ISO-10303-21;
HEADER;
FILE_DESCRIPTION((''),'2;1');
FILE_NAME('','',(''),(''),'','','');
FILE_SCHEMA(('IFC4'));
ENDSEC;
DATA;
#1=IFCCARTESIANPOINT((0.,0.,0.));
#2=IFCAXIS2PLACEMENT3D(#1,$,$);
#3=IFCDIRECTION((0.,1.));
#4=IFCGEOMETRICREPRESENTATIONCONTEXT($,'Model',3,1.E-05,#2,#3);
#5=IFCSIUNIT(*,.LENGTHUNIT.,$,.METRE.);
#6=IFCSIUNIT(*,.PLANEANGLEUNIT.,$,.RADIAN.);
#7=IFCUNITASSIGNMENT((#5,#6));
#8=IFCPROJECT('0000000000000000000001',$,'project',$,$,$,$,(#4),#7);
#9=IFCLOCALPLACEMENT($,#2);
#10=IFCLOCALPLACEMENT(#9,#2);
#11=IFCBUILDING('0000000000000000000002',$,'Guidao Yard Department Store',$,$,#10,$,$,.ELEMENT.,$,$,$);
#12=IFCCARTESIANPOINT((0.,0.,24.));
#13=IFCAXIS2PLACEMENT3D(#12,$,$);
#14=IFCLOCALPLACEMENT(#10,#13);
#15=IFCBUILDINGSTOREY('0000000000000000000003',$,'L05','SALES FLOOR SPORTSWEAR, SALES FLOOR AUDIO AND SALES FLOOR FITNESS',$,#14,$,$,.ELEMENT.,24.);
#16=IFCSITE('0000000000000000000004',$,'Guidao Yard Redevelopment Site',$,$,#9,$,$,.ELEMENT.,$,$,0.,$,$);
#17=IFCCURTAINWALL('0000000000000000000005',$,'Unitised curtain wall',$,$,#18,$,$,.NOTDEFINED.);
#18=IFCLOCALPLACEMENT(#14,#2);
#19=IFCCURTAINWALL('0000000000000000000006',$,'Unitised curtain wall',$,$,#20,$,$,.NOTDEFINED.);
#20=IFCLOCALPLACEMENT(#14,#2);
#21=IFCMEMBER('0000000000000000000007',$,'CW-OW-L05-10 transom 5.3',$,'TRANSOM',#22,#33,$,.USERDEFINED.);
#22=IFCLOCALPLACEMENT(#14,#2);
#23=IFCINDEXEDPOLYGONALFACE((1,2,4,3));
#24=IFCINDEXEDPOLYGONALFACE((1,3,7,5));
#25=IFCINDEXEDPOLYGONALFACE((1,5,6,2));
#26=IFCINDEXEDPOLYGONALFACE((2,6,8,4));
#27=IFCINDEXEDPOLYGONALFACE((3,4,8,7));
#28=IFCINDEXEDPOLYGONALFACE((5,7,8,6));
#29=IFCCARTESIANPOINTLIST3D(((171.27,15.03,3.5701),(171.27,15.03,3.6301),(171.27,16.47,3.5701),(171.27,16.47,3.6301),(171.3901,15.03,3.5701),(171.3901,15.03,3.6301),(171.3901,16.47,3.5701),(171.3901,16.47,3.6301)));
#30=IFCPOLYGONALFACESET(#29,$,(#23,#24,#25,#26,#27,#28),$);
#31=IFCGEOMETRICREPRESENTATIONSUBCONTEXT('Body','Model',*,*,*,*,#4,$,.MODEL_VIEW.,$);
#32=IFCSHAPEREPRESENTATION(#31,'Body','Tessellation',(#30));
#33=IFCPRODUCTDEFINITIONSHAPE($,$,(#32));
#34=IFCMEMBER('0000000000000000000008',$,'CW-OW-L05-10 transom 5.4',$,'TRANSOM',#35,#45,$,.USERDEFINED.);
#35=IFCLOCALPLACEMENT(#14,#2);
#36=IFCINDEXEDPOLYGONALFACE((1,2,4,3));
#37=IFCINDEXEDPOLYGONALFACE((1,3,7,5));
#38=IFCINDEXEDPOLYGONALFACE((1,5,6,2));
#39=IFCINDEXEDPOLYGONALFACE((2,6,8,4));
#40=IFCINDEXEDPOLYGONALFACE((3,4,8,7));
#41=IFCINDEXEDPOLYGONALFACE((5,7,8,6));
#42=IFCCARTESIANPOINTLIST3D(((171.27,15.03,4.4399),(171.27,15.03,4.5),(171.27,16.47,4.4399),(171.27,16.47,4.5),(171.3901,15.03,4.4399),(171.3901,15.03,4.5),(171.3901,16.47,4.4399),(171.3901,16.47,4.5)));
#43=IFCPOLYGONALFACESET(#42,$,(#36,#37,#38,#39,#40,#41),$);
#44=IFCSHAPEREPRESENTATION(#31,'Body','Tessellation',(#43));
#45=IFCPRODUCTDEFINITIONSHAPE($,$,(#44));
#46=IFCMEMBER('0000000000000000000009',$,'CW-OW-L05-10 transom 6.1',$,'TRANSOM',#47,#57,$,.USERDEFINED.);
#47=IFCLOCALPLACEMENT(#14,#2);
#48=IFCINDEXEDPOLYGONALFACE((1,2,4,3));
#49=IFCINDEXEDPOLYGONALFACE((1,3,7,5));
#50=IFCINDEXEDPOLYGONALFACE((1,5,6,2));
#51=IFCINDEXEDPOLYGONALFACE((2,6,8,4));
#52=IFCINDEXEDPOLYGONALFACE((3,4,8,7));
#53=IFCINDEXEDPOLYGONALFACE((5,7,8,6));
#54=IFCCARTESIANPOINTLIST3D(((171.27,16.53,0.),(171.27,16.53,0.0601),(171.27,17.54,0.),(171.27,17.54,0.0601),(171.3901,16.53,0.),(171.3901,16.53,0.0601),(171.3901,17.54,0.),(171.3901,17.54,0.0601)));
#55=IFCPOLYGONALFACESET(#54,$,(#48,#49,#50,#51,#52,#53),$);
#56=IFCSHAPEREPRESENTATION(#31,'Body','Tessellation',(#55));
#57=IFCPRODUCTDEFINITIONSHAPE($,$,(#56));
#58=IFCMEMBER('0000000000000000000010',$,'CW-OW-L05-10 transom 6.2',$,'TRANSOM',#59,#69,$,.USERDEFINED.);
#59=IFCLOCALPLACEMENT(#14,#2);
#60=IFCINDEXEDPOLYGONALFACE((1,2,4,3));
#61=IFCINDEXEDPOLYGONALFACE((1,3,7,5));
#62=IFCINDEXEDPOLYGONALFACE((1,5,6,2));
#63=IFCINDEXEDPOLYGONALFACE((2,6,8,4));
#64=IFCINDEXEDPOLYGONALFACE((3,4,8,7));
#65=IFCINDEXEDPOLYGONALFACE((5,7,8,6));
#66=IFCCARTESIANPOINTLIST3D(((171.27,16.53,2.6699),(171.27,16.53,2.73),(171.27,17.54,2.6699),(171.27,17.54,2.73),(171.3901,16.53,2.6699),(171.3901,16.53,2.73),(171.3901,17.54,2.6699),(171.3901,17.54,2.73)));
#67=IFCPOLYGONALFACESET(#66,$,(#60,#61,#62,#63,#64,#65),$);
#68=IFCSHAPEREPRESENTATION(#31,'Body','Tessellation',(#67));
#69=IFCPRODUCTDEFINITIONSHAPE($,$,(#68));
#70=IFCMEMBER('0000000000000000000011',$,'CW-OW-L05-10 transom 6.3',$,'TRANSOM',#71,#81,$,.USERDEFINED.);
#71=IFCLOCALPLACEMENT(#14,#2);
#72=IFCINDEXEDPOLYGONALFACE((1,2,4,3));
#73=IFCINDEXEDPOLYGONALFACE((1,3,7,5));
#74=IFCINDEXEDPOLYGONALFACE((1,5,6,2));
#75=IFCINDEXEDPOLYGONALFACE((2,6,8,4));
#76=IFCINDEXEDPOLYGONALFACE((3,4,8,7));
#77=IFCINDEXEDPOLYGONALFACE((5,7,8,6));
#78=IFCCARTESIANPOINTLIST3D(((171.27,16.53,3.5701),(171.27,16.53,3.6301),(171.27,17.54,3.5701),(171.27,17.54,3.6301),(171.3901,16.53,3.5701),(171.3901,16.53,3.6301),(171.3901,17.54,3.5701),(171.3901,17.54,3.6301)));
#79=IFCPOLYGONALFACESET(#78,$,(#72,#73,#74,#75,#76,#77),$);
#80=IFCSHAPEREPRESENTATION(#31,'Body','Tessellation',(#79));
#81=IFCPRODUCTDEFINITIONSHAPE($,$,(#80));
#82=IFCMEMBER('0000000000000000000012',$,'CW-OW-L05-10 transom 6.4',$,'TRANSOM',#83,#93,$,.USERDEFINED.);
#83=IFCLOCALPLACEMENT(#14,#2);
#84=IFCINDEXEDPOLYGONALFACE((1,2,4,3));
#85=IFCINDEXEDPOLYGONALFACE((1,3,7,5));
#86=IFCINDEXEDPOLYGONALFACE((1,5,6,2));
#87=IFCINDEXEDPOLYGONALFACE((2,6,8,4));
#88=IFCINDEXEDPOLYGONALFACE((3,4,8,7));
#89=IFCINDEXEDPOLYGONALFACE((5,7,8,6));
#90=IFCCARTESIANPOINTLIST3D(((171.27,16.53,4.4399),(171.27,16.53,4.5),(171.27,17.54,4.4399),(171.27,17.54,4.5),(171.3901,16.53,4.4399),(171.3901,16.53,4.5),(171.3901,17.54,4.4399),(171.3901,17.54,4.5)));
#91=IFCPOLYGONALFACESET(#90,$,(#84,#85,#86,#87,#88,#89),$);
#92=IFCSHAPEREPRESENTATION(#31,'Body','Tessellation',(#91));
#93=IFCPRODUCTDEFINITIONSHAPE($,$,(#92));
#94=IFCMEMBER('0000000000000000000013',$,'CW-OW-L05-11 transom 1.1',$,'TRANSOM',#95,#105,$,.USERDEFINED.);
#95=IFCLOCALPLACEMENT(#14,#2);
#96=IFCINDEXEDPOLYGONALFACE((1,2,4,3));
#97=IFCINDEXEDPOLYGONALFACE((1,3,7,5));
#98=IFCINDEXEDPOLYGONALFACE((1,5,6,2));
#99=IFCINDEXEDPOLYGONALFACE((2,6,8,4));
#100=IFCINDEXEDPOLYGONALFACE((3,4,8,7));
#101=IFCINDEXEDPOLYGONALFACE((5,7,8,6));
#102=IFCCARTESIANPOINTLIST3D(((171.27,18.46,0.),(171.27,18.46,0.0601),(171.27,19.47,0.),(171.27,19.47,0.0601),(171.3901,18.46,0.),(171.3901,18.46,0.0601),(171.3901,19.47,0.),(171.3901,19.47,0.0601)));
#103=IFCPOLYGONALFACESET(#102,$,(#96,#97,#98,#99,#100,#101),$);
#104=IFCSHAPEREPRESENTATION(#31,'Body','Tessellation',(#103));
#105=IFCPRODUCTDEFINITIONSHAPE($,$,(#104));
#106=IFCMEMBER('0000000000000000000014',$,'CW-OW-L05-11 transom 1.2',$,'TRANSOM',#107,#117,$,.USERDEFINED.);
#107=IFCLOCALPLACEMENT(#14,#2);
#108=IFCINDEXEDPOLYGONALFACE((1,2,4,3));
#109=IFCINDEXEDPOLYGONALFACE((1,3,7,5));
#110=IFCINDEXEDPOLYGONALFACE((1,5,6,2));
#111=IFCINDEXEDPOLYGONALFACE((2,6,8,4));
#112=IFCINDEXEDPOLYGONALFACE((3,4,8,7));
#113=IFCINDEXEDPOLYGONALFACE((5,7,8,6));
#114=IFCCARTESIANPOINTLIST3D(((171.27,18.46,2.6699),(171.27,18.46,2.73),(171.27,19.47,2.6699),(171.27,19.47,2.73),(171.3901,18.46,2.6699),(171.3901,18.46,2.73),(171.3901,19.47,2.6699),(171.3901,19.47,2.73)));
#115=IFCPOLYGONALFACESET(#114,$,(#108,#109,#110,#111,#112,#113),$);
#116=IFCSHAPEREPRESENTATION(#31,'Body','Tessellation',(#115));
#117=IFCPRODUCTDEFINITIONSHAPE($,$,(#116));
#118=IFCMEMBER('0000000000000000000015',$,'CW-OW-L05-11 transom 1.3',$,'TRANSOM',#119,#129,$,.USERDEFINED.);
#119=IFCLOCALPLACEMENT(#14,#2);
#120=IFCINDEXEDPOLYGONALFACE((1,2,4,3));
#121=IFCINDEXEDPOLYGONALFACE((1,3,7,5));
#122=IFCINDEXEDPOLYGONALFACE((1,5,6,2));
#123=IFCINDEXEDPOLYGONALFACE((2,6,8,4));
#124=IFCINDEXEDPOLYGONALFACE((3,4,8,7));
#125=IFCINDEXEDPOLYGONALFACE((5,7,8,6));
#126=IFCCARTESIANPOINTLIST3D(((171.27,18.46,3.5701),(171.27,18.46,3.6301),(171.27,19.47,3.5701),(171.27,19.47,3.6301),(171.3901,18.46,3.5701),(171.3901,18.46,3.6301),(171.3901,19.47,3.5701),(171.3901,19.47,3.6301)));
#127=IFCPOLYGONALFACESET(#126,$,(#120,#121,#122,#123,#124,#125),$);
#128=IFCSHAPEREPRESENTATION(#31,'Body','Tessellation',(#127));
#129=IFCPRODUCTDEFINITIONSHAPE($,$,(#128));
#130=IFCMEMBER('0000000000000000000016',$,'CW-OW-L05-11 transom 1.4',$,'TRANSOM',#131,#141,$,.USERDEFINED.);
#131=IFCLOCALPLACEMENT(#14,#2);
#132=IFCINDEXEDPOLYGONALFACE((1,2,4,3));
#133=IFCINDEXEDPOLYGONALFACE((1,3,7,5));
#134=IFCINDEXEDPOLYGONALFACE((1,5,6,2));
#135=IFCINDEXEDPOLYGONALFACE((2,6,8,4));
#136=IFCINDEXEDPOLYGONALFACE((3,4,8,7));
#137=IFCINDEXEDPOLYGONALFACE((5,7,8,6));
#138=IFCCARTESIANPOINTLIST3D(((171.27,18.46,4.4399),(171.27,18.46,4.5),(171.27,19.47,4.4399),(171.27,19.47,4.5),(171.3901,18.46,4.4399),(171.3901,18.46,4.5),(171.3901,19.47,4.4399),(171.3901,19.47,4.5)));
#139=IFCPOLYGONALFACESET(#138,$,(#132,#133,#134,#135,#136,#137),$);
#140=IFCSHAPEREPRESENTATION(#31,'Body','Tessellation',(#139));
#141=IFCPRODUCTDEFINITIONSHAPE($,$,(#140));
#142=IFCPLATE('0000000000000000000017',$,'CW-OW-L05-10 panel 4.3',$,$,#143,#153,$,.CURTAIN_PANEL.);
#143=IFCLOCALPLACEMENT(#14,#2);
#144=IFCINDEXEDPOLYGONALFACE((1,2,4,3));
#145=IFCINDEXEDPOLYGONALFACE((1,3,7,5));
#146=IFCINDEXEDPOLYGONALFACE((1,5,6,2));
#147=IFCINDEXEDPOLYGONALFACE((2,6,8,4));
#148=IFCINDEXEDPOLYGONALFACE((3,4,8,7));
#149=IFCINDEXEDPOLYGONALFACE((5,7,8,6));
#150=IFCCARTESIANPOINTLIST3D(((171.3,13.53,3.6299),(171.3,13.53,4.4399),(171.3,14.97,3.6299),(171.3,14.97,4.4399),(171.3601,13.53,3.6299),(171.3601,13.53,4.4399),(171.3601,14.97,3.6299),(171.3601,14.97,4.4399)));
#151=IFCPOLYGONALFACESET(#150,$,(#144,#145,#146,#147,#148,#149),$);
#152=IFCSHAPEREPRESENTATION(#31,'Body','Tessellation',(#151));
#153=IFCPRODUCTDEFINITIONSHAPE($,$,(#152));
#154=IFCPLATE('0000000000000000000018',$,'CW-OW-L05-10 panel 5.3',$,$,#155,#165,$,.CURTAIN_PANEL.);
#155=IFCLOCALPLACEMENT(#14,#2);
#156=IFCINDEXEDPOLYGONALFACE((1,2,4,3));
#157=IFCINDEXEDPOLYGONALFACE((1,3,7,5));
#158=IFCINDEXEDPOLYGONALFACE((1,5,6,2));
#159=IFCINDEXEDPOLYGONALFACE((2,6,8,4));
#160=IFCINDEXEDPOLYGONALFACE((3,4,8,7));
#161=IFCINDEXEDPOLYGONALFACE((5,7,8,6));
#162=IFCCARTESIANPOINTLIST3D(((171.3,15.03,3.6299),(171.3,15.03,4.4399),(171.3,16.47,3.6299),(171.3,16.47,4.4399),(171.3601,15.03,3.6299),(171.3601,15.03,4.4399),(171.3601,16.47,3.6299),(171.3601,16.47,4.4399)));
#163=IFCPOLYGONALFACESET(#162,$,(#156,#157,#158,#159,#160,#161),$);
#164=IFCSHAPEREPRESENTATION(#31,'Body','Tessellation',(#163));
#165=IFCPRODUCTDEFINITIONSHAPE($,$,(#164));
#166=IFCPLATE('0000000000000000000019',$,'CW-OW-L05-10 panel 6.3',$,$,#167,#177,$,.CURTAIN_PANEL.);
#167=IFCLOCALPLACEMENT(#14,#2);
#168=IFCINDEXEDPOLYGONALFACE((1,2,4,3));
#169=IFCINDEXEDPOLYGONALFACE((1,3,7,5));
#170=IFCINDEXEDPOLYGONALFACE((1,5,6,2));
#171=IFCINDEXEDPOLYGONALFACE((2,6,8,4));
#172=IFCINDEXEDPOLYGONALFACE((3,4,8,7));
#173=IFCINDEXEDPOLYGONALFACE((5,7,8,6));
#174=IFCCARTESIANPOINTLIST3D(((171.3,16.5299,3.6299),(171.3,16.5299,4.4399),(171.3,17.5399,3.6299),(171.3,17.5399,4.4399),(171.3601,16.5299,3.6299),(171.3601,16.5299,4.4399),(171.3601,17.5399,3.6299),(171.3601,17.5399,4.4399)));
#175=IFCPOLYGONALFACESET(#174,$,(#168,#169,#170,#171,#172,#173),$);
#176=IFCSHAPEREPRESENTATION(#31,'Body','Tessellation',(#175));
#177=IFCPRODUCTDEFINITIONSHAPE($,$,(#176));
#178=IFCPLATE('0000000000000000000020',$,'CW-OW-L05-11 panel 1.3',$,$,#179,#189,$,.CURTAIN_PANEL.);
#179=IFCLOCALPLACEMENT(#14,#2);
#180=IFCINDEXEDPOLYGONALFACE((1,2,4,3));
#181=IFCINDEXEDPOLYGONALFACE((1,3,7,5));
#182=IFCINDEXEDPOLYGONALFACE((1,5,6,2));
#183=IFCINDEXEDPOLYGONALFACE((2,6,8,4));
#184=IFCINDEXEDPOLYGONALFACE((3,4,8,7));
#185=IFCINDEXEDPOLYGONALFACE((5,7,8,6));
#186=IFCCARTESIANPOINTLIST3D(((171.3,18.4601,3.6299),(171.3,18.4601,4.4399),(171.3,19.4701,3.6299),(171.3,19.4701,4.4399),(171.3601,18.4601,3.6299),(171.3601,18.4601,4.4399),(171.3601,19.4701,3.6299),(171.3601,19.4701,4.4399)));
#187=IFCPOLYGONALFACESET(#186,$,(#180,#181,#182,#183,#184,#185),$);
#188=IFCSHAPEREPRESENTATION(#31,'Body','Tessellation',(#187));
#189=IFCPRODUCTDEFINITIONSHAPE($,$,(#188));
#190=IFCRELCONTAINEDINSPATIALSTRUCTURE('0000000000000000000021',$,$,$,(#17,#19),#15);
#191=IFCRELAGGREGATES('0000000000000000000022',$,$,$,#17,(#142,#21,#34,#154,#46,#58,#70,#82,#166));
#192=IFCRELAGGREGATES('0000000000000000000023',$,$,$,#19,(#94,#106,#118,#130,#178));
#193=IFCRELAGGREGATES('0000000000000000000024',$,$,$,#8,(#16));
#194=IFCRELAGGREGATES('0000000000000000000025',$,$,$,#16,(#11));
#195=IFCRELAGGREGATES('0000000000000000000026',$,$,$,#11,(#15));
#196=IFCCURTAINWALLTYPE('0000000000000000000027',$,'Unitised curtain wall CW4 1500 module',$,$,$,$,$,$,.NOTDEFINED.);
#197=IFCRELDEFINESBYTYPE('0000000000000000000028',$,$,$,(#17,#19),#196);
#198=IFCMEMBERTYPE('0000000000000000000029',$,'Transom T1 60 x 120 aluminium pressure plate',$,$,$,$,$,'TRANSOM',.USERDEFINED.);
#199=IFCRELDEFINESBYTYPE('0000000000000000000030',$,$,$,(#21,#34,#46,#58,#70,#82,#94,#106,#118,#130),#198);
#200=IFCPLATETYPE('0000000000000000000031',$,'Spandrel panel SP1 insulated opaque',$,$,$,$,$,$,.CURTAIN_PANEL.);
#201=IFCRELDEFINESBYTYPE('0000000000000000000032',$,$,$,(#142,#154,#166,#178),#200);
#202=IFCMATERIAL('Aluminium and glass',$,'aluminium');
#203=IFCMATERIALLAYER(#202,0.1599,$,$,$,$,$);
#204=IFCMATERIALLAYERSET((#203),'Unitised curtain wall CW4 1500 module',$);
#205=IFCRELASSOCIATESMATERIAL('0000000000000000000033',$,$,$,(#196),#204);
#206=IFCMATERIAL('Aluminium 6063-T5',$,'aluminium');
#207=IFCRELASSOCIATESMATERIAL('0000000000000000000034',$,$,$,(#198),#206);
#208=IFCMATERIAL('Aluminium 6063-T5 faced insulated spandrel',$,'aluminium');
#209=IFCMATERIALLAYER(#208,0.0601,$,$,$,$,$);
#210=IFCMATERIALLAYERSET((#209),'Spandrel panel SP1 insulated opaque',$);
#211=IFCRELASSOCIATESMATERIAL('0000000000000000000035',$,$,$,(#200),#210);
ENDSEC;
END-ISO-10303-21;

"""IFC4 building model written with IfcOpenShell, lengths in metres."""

from ifc_helpers import new_model, si_unit, direction, frame, origin, origin_2d, place, context, subcontext, project, spatial, rectangle, extrude, material, layer, layer_set, material_profile, profile_set, type_object, element, aggregate, save


model = new_model("IFC4")

# Units and contexts
model_context = context("Model", 3, precision=1e-05, world=origin(), true_north=direction((0.0, 1.0)))
body_context = subcontext(model_context, "Body", "Model", "MODEL_VIEW")
ifc_project = project(units=[si_unit("LENGTHUNIT", "METRE"), si_unit("PLANEANGLEUNIT", "RADIAN")], contexts=[model_context])

# Site, building, storey
site_placement = place(None, origin())
site = spatial("IfcSite", under=ifc_project, at=site_placement, Name="Guidao Yard Redevelopment Site", CompositionType="ELEMENT", RefElevation=0.0)
building_placement = place(site_placement, origin())
building = spatial("IfcBuilding", under=site, at=building_placement, Name="Guidao Yard Department Store", CompositionType="ELEMENT")
storey_placement = place(building_placement, frame((0.0, 0.0, 24.0)))
storey = spatial("IfcBuildingStorey", under=building, at=storey_placement, Name="L05", Description="SALES FLOOR SPORTSWEAR, SALES FLOOR AUDIO AND SALES FLOOR FITNESS", CompositionType="ELEMENT", Elevation=24.0)

# Curtain walls
ifc_material_1 = material(Name="Aluminium and glass", Category="aluminium")
ifc_layer_1 = layer(ifc_material_1, 0.1599)
ifc_layer_set_1 = layer_set([ifc_layer_1], Name="Unitised curtain wall CW4 1500 module")
curtain_wall_type = type_object("IfcCurtainWallType", Name="Unitised curtain wall CW4 1500 module", PredefinedType="NOTDEFINED", material=ifc_layer_set_1)
curtain_wall_1_placement = place(storey_placement, origin())
curtain_wall_1 = element("IfcCurtainWall", 1, at=curtain_wall_1_placement, inside=storey, type_object=curtain_wall_type, Name="Unitised curtain wall", PredefinedType="NOTDEFINED")
curtain_wall_2_placement = place(storey_placement, origin())
curtain_wall_2 = element("IfcCurtainWall", 2, at=curtain_wall_2_placement, inside=storey, type_object=curtain_wall_type, Name="Unitised curtain wall", PredefinedType="NOTDEFINED")

# Members
ifc_material_2 = material(Name="Aluminium 6063-T5", Category="aluminium")
ifc_material_profile_1 = material_profile(ifc_material_2, rectangle(XDim=0.1201, YDim=0.0601, at=origin_2d()), Name="Transom T1 60 x 120 aluminium pressure plate")
ifc_profile_set_1 = profile_set([ifc_material_profile_1], Name="Aluminium 6063-T5")
member_type_1 = type_object("IfcMemberType", Name="Transom T1 60 x 120 aluminium pressure plate", ElementType="TRANSOM", PredefinedType="USERDEFINED", material=ifc_profile_set_1)
member_1_placement = place(storey_placement, frame((171.3301, 16.47, 3.6001), z_axis=(0.0, -1.0, 0.0), x_axis=(1.0, 0.0, 0.0)))
member_1 = element("IfcMember", 3, at=member_1_placement, type_object=member_type_1, Name="CW-OW-L05-10 transom 5.3", ObjectType="TRANSOM", PredefinedType="USERDEFINED", context=body_context, shape_type="SweptSolid", body=[
    extrude(rectangle(XDim=0.1201, YDim=0.0601, at=origin_2d()), origin(), (0.0, 0.0, 1.0), 1.4399),
])
member_2_placement = place(storey_placement, frame((171.3301, 16.47, 4.47), z_axis=(0.0, -1.0, 0.0), x_axis=(1.0, 0.0, 0.0)))
member_2 = element("IfcMember", 4, at=member_2_placement, type_object=member_type_1, Name="CW-OW-L05-10 transom 5.4", ObjectType="TRANSOM", PredefinedType="USERDEFINED", context=body_context, shape_type="SweptSolid", body=[
    extrude(rectangle(XDim=0.1201, YDim=0.0601, at=origin_2d()), origin(), (0.0, 0.0, 1.0), 1.4399),
])
member_3_placement = place(storey_placement, frame((171.3301, 17.54, 0.03), z_axis=(0.0, -1.0, 0.0), x_axis=(1.0, 0.0, 0.0)))
member_3 = element("IfcMember", 5, at=member_3_placement, type_object=member_type_1, Name="CW-OW-L05-10 transom 6.1", ObjectType="TRANSOM", PredefinedType="USERDEFINED", context=body_context, shape_type="SweptSolid", body=[
    extrude(rectangle(XDim=0.1201, YDim=0.0601, at=origin_2d()), origin(), (0.0, 0.0, 1.0), 1.01),
])
member_4_placement = place(storey_placement, frame((171.3301, 17.54, 2.7), z_axis=(0.0, -1.0, 0.0), x_axis=(1.0, 0.0, 0.0)))
member_4 = element("IfcMember", 6, at=member_4_placement, type_object=member_type_1, Name="CW-OW-L05-10 transom 6.2", ObjectType="TRANSOM", PredefinedType="USERDEFINED", context=body_context, shape_type="SweptSolid", body=[
    extrude(rectangle(XDim=0.1201, YDim=0.0601, at=origin_2d()), origin(), (0.0, 0.0, 1.0), 1.01),
])
member_5_placement = place(storey_placement, frame((171.3301, 17.54, 3.6001), z_axis=(0.0, -1.0, 0.0), x_axis=(1.0, 0.0, 0.0)))
member_5 = element("IfcMember", 7, at=member_5_placement, type_object=member_type_1, Name="CW-OW-L05-10 transom 6.3", ObjectType="TRANSOM", PredefinedType="USERDEFINED", context=body_context, shape_type="SweptSolid", body=[
    extrude(rectangle(XDim=0.1201, YDim=0.0601, at=origin_2d()), origin(), (0.0, 0.0, 1.0), 1.01),
])
member_6_placement = place(storey_placement, frame((171.3301, 17.54, 4.47), z_axis=(0.0, -1.0, 0.0), x_axis=(1.0, 0.0, 0.0)))
member_6 = element("IfcMember", 8, at=member_6_placement, type_object=member_type_1, Name="CW-OW-L05-10 transom 6.4", ObjectType="TRANSOM", PredefinedType="USERDEFINED", context=body_context, shape_type="SweptSolid", body=[
    extrude(rectangle(XDim=0.1201, YDim=0.0601, at=origin_2d()), origin(), (0.0, 0.0, 1.0), 1.01),
])
member_7_placement = place(storey_placement, frame((171.3301, 19.47, 0.03), z_axis=(0.0, -1.0, 0.0), x_axis=(1.0, 0.0, 0.0)))
member_7 = element("IfcMember", 9, at=member_7_placement, type_object=member_type_1, Name="CW-OW-L05-11 transom 1.1", ObjectType="TRANSOM", PredefinedType="USERDEFINED", context=body_context, shape_type="SweptSolid", body=[
    extrude(rectangle(XDim=0.1201, YDim=0.0601, at=origin_2d()), origin(), (0.0, 0.0, 1.0), 1.01),
])
member_8_placement = place(storey_placement, frame((171.3301, 19.47, 2.7), z_axis=(0.0, -1.0, 0.0), x_axis=(1.0, 0.0, 0.0)))
member_8 = element("IfcMember", 10, at=member_8_placement, type_object=member_type_1, Name="CW-OW-L05-11 transom 1.2", ObjectType="TRANSOM", PredefinedType="USERDEFINED", context=body_context, shape_type="SweptSolid", body=[
    extrude(rectangle(XDim=0.1201, YDim=0.0601, at=origin_2d()), origin(), (0.0, 0.0, 1.0), 1.01),
])
member_9_placement = place(storey_placement, frame((171.3301, 19.47, 3.6001), z_axis=(0.0, -1.0, 0.0), x_axis=(1.0, 0.0, 0.0)))
member_9 = element("IfcMember", 11, at=member_9_placement, type_object=member_type_1, Name="CW-OW-L05-11 transom 1.3", ObjectType="TRANSOM", PredefinedType="USERDEFINED", context=body_context, shape_type="SweptSolid", body=[
    extrude(rectangle(XDim=0.1201, YDim=0.0601, at=origin_2d()), origin(), (0.0, 0.0, 1.0), 1.01),
])
member_10_placement = place(storey_placement, frame((171.3301, 19.47, 4.47), z_axis=(0.0, -1.0, 0.0), x_axis=(1.0, 0.0, 0.0)))
member_10 = element("IfcMember", 12, at=member_10_placement, type_object=member_type_1, Name="CW-OW-L05-11 transom 1.4", ObjectType="TRANSOM", PredefinedType="USERDEFINED", context=body_context, shape_type="SweptSolid", body=[
    extrude(rectangle(XDim=0.1201, YDim=0.0601, at=origin_2d()), origin(), (0.0, 0.0, 1.0), 1.01),
])

# Plates
ifc_material_3 = material(Name="Aluminium 6063-T5 faced insulated spandrel", Category="aluminium")
ifc_layer_2 = layer(ifc_material_3, 0.0601)
ifc_layer_set_2 = layer_set([ifc_layer_2], Name="Spandrel panel SP1 insulated opaque")
plate_type_1 = type_object("IfcPlateType", Name="Spandrel panel SP1 insulated opaque", PredefinedType="CURTAIN_PANEL", material=ifc_layer_set_2)
plate_1_placement = place(storey_placement, frame((171.3301, 14.25, 3.6299), z_axis=(0.0, 0.0, 1.0), x_axis=(0.0, -1.0, 0.0)))
plate_1 = element("IfcPlate", 13, at=plate_1_placement, type_object=plate_type_1, Name="CW-OW-L05-10 panel 4.3", PredefinedType="CURTAIN_PANEL", context=body_context, shape_type="SweptSolid", body=[
    extrude(rectangle(XDim=1.4399, YDim=0.0601, at=origin_2d()), origin(), (0.0, 0.0, 1.0), 0.8101),
])
plate_2_placement = place(storey_placement, frame((171.3301, 15.75, 3.6299), z_axis=(0.0, 0.0, 1.0), x_axis=(0.0, -1.0, 0.0)))
plate_2 = element("IfcPlate", 14, at=plate_2_placement, type_object=plate_type_1, Name="CW-OW-L05-10 panel 5.3", PredefinedType="CURTAIN_PANEL", context=body_context, shape_type="SweptSolid", body=[
    extrude(rectangle(XDim=1.4399, YDim=0.0601, at=origin_2d()), origin(), (0.0, 0.0, 1.0), 0.8101),
])
plate_3_placement = place(storey_placement, frame((171.3301, 17.0349, 3.6299), z_axis=(0.0, 0.0, 1.0), x_axis=(0.0, -1.0, 0.0)))
plate_3 = element("IfcPlate", 15, at=plate_3_placement, type_object=plate_type_1, Name="CW-OW-L05-10 panel 6.3", PredefinedType="CURTAIN_PANEL", context=body_context, shape_type="SweptSolid", body=[
    extrude(rectangle(XDim=1.01, YDim=0.0601, at=origin_2d()), origin(), (0.0, 0.0, 1.0), 0.8101),
])
plate_4_placement = place(storey_placement, frame((171.3301, 18.9651, 3.6299), z_axis=(0.0, 0.0, 1.0), x_axis=(0.0, -1.0, 0.0)))
plate_4 = element("IfcPlate", 16, at=plate_4_placement, type_object=plate_type_1, Name="CW-OW-L05-11 panel 1.3", PredefinedType="CURTAIN_PANEL", context=body_context, shape_type="SweptSolid", body=[
    extrude(rectangle(XDim=1.01, YDim=0.0601, at=origin_2d()), origin(), (0.0, 0.0, 1.0), 0.8101),
])
aggregate(curtain_wall_1, [plate_1, member_1, member_2, plate_2, member_3, member_4, member_5, member_6, plate_3])
aggregate(curtain_wall_2, [member_7, member_8, member_9, member_10, plate_4])

save(model, "model.ifc")
